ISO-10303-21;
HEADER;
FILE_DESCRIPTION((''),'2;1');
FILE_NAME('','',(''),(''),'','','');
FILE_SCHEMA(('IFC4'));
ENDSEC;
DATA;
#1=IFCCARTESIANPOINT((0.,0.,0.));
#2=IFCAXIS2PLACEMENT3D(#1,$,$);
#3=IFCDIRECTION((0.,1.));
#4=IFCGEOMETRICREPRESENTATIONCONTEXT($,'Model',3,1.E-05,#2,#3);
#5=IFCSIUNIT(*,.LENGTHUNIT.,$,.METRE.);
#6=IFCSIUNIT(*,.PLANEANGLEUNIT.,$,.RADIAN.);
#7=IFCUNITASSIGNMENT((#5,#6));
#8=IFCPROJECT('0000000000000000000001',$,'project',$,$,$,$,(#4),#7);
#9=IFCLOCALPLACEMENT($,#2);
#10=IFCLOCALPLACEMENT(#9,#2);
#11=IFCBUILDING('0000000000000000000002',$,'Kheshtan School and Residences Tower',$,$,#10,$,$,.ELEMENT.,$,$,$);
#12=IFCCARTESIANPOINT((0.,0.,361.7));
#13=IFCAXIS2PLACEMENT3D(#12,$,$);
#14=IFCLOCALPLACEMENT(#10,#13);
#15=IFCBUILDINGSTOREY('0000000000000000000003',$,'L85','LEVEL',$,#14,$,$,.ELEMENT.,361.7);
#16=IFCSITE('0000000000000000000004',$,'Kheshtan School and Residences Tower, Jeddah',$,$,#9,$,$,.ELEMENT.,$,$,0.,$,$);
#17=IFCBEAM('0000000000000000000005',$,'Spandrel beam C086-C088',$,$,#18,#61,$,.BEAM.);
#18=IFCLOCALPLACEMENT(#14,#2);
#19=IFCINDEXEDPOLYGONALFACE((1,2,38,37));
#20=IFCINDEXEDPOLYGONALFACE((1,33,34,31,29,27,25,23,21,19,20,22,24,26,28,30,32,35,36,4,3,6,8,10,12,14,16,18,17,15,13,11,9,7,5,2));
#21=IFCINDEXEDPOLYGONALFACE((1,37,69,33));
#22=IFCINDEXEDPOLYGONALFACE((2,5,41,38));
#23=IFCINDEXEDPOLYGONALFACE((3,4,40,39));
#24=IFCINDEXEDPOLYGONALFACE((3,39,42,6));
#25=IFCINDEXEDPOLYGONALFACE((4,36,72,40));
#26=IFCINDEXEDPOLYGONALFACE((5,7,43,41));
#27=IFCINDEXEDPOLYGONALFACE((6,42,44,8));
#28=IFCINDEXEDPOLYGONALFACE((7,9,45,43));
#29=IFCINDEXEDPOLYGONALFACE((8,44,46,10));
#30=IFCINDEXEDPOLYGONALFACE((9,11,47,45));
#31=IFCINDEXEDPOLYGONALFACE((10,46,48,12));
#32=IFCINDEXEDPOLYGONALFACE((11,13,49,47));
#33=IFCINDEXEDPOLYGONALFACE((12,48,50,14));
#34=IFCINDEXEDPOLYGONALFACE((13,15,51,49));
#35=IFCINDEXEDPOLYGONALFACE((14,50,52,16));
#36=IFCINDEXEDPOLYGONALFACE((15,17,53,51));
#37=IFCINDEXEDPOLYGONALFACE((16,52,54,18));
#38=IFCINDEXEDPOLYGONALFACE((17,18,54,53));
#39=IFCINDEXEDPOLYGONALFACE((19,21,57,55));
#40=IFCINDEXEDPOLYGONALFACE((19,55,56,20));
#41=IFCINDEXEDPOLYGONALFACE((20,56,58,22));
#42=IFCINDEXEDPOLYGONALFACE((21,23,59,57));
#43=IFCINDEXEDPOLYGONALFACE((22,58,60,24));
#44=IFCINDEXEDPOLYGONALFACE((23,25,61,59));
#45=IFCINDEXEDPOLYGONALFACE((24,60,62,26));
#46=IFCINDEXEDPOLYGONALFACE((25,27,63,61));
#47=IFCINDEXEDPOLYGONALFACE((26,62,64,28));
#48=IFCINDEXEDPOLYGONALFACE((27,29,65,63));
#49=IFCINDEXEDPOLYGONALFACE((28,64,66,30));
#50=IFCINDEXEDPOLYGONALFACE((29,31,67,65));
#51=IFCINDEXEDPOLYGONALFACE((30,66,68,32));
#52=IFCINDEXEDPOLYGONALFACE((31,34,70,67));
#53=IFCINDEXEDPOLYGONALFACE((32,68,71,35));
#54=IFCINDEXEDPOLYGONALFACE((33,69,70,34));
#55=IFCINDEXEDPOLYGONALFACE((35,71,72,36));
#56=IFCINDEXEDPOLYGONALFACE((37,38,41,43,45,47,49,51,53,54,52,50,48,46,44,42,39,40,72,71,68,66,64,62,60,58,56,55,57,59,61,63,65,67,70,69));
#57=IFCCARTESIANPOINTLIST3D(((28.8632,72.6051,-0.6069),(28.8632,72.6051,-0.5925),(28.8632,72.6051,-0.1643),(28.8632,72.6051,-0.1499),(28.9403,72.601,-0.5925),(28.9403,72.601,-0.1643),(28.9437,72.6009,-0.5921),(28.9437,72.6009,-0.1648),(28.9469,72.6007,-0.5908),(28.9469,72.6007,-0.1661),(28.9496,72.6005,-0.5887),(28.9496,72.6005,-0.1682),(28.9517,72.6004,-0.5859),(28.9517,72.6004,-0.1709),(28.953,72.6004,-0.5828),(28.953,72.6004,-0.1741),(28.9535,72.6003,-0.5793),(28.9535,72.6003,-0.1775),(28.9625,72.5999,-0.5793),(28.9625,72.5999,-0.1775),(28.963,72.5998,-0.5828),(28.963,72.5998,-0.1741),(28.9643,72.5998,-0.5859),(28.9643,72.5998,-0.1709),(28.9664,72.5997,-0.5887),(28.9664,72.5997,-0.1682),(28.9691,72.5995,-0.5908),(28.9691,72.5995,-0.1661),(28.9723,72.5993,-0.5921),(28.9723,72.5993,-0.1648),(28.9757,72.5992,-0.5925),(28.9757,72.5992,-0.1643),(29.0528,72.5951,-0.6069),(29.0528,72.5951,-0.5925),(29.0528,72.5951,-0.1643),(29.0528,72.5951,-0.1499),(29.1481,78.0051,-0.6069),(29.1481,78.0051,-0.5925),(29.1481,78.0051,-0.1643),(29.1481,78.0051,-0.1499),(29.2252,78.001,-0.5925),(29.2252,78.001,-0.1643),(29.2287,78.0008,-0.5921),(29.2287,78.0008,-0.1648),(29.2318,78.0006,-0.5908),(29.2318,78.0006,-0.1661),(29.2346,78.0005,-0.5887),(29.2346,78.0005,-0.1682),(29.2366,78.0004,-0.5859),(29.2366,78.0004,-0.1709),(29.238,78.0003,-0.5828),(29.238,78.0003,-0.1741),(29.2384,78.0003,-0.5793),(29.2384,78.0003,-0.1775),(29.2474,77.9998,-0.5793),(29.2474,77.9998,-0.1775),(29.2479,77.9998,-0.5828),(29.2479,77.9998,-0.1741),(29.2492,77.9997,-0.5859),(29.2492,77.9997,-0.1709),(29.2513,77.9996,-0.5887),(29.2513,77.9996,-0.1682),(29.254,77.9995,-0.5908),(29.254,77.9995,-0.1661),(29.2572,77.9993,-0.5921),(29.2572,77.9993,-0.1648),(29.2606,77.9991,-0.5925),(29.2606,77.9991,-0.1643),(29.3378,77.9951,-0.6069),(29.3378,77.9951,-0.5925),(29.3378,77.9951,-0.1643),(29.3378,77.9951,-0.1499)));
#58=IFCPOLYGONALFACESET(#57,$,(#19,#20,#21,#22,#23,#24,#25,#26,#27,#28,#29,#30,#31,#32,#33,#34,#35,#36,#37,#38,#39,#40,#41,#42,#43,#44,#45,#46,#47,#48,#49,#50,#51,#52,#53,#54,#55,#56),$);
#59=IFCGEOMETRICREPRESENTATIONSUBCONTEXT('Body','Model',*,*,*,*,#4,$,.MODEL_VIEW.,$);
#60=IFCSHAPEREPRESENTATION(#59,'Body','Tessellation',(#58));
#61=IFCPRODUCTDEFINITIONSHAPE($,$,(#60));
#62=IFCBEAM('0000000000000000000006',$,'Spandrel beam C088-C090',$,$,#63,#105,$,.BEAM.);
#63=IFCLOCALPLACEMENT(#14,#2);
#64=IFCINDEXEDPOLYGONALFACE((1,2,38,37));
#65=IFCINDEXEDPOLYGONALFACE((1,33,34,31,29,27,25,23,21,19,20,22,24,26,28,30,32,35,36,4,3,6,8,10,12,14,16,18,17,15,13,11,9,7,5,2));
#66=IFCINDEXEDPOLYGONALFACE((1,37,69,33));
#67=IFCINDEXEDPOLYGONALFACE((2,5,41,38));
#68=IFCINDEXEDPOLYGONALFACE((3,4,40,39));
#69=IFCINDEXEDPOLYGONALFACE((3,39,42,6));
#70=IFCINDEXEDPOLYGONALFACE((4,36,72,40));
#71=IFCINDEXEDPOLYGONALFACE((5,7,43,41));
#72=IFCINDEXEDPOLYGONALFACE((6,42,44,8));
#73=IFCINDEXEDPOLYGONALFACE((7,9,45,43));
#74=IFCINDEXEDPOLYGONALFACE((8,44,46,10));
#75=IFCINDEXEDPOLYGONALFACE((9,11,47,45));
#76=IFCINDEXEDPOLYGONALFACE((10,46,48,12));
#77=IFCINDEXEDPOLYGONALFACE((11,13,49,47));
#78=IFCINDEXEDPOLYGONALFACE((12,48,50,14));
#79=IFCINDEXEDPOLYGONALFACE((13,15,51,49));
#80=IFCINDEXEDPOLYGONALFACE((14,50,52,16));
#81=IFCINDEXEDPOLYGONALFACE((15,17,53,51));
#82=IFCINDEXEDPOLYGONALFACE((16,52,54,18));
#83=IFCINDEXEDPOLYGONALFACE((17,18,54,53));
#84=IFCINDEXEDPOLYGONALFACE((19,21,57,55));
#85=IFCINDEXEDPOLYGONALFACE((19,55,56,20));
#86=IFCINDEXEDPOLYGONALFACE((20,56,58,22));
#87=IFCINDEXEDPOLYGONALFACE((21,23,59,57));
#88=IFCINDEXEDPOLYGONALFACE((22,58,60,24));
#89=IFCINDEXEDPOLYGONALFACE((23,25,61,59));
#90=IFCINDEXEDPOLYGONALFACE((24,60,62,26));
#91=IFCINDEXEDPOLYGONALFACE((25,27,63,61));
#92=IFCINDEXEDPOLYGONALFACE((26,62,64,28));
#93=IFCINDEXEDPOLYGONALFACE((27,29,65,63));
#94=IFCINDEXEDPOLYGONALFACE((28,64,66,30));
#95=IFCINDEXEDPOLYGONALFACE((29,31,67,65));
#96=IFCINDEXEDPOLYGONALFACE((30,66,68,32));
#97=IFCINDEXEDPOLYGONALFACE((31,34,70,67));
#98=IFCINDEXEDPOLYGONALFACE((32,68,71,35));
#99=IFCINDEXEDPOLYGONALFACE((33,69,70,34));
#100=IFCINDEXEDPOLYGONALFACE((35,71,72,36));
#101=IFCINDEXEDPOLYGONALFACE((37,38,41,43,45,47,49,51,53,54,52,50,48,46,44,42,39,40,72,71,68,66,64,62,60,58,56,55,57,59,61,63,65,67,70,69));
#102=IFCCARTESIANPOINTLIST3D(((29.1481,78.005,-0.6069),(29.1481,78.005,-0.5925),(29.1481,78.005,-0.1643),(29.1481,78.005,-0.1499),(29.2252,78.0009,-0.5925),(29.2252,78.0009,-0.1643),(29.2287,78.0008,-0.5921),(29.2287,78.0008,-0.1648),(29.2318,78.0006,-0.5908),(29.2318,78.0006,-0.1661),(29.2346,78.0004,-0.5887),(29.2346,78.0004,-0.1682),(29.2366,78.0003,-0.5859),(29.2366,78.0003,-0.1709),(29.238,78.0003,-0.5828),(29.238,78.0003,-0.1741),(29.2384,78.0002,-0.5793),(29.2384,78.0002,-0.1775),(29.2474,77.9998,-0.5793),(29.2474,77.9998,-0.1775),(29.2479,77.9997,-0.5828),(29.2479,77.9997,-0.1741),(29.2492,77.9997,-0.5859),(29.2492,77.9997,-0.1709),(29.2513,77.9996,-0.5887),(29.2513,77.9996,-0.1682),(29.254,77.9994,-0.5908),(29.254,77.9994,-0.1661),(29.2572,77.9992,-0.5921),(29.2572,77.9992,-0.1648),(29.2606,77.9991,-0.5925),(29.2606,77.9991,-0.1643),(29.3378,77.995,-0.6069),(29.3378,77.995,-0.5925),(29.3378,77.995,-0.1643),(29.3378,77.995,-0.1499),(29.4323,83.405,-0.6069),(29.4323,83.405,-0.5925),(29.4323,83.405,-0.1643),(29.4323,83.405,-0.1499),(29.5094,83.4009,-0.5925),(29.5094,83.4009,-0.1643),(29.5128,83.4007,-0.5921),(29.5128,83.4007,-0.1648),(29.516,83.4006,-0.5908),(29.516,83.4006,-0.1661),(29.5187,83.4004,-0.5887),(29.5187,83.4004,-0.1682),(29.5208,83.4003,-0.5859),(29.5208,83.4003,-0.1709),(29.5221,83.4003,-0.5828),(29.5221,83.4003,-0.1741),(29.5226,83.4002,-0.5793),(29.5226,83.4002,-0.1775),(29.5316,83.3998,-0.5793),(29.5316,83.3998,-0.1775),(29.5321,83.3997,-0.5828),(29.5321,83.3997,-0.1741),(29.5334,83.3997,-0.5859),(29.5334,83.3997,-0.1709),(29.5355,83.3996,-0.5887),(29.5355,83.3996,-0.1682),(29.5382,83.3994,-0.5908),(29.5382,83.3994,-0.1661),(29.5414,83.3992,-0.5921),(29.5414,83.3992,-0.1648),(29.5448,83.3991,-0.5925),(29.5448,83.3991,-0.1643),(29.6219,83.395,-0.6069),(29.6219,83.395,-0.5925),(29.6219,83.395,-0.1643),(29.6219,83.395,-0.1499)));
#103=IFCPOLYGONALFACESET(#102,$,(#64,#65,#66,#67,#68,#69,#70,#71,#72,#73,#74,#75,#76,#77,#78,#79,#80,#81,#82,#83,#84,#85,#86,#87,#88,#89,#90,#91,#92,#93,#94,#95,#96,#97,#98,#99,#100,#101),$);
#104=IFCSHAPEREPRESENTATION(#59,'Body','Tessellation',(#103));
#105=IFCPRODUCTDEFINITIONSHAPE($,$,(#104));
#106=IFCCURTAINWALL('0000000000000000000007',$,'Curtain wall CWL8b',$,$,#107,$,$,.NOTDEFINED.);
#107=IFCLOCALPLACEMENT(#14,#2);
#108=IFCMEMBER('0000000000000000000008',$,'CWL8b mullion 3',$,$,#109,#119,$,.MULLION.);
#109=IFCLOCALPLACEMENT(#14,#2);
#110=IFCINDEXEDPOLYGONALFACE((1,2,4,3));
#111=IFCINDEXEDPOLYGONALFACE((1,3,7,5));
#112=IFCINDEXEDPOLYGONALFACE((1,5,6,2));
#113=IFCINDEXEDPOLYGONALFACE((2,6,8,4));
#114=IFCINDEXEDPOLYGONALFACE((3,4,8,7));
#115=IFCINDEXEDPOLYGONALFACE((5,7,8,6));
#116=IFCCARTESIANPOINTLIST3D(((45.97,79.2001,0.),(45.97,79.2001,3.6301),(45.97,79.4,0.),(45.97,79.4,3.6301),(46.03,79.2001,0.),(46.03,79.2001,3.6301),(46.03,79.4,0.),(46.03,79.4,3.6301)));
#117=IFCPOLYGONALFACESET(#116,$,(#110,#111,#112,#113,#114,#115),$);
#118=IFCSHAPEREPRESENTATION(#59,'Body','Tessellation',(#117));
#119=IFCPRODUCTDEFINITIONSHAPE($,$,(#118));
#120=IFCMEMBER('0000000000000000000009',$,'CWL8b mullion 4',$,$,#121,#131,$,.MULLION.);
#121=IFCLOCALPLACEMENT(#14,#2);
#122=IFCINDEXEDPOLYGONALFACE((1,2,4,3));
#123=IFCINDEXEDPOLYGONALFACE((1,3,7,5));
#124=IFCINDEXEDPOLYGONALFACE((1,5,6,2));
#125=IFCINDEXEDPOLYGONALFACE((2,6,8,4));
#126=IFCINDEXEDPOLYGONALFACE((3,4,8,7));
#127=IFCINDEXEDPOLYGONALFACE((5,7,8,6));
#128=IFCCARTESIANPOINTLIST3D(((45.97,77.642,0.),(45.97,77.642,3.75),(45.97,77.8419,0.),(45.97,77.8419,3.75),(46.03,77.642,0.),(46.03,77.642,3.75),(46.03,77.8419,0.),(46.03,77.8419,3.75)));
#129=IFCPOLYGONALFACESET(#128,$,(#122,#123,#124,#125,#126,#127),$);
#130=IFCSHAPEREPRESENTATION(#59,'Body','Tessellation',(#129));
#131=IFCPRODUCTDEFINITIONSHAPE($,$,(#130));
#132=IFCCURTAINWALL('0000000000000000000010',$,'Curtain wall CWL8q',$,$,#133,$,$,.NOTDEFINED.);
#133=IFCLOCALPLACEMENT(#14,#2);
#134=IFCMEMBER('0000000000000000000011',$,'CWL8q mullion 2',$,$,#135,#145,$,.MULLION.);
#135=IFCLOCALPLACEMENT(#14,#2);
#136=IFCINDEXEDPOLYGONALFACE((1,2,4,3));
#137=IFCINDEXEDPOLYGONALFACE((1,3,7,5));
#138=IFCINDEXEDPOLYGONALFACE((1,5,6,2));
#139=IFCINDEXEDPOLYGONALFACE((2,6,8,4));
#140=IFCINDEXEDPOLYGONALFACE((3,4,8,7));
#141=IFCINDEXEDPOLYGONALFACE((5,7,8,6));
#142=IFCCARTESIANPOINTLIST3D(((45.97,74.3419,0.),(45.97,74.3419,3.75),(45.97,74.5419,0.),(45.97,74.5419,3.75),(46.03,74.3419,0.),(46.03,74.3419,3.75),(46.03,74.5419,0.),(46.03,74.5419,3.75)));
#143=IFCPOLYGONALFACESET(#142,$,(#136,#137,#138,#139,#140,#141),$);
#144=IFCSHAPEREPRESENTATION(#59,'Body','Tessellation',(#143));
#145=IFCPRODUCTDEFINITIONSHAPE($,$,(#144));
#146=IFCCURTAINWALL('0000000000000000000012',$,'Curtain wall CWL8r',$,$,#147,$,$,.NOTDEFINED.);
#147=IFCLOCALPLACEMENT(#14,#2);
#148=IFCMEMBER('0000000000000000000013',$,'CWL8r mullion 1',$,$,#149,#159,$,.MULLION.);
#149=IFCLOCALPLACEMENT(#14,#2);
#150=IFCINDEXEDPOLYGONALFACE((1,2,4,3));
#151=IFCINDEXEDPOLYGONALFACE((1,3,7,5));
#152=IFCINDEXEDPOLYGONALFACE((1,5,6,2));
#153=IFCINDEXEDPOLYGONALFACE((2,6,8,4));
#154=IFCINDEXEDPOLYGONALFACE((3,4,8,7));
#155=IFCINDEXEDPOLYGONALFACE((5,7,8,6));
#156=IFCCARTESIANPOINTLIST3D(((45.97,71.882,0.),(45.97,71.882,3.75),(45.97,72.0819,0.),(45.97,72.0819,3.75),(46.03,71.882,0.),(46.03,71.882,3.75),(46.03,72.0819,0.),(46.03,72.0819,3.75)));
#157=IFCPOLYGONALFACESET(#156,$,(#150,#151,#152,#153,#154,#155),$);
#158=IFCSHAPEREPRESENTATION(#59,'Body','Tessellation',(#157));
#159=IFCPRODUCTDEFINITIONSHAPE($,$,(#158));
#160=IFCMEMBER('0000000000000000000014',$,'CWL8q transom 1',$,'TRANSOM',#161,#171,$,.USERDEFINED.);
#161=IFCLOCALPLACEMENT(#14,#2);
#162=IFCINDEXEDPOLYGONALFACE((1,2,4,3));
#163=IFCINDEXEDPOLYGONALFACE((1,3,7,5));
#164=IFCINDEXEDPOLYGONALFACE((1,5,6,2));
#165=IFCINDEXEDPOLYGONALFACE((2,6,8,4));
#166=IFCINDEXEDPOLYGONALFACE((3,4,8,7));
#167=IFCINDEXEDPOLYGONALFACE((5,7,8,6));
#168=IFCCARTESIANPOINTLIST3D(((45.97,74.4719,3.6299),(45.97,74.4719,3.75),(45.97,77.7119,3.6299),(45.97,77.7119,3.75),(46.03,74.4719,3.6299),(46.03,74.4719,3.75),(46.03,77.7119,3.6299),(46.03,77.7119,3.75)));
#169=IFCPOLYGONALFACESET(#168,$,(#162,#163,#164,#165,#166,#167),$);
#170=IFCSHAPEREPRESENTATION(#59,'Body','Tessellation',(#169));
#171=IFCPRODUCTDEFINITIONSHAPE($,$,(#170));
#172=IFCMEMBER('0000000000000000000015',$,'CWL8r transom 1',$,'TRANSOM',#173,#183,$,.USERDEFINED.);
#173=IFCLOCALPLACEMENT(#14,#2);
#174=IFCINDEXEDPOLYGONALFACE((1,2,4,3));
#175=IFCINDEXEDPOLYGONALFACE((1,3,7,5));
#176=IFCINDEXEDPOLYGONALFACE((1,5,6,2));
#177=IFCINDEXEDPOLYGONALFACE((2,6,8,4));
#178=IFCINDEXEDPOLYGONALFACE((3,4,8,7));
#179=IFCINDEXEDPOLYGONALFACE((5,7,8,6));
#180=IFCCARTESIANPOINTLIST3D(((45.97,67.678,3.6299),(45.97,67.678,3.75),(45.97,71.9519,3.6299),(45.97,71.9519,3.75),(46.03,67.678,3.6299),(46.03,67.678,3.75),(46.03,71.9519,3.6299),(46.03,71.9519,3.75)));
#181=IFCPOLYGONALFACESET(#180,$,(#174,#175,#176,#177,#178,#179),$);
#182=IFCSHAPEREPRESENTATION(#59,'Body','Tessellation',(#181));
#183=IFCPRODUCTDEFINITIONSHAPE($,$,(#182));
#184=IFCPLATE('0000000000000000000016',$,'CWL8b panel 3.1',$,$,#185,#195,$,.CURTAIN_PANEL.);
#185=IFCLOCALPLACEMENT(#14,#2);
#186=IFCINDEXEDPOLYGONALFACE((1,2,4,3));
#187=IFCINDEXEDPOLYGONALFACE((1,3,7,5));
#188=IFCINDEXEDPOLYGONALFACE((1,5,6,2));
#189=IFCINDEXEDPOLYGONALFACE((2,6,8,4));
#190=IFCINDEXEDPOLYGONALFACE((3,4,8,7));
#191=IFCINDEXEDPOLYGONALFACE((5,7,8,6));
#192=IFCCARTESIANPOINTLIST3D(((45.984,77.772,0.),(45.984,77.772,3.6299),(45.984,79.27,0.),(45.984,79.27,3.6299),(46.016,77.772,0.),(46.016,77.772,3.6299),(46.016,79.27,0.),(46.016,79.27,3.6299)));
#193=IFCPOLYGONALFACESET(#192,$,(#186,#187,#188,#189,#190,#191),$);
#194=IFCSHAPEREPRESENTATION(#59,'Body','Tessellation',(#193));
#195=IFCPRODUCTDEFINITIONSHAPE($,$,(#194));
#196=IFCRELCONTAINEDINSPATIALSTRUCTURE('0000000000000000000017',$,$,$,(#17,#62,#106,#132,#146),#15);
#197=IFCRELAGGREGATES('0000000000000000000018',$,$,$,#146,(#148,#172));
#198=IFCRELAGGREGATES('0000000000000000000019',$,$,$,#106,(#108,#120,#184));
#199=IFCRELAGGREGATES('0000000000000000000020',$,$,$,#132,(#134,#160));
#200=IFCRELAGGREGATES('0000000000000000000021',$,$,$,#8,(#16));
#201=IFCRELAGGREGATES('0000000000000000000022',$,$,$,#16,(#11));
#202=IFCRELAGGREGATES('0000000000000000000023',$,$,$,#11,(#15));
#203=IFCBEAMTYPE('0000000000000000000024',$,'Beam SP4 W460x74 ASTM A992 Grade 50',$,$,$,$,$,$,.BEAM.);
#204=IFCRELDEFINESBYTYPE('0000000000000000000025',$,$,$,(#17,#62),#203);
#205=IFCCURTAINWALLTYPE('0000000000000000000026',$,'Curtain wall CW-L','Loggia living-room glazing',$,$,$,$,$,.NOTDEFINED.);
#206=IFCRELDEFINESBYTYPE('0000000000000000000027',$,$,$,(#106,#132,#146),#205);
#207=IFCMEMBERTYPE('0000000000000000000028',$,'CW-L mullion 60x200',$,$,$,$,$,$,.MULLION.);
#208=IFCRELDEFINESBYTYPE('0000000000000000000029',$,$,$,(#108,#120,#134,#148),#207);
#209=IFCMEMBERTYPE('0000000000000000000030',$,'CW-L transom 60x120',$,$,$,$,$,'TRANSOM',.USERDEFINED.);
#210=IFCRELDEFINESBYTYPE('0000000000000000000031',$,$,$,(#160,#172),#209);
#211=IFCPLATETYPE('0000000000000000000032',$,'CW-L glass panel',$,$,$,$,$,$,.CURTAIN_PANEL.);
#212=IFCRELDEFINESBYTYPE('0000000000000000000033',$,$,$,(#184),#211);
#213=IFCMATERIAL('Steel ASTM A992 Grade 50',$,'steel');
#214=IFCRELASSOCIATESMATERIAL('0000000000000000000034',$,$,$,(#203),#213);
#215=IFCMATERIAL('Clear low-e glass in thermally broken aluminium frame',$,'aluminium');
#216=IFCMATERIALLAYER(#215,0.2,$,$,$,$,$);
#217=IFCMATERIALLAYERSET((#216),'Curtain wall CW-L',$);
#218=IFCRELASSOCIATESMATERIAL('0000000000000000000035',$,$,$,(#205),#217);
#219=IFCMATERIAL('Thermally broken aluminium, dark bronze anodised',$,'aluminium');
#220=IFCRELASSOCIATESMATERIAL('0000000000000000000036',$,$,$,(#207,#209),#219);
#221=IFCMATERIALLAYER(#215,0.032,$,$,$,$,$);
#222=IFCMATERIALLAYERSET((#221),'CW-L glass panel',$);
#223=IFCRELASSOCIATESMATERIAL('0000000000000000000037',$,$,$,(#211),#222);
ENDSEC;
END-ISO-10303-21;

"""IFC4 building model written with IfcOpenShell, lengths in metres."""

from ifc_helpers import new_model, si_unit, direction, frame, origin, origin_2d, place, context, subcontext, project, spatial, rectangle, i_section, extrude, material, layer, layer_set, material_profile, profile_set, type_object, element, aggregate, save


model = new_model("IFC4")

# Units and contexts
model_context = context("Model", 3, precision=1e-05, world=origin(), true_north=direction((0.0, 1.0)))
body_context = subcontext(model_context, "Body", "Model", "MODEL_VIEW")
ifc_project = project(units=[si_unit("LENGTHUNIT", "METRE"), si_unit("PLANEANGLEUNIT", "RADIAN")], contexts=[model_context])

# Site, building, storey
site_placement = place(None, origin())
site = spatial("IfcSite", under=ifc_project, at=site_placement, Name="Kheshtan School and Residences Tower, Jeddah", CompositionType="ELEMENT", RefElevation=0.0)
building_placement = place(site_placement, origin())
building = spatial("IfcBuilding", under=site, at=building_placement, Name="Kheshtan School and Residences Tower", CompositionType="ELEMENT")
storey_placement = place(building_placement, frame((0.0, 0.0, 361.7)))
storey = spatial("IfcBuildingStorey", under=building, at=storey_placement, Name="L85", Description="LEVEL", CompositionType="ELEMENT", Elevation=361.7)

# Shared definitions
ifc_material_1 = material(Name="Steel ASTM A992 Grade 50", Category="steel")

# Beams
ifc_material_profile_1 = material_profile(ifc_material_1, i_section(OverallWidth=0.1899, OverallDepth=0.457, WebThickness=0.009, FlangeThickness=0.0144, FilletRadius=0.0132, at=origin_2d()), Name="W460x74")
ifc_profile_set_1 = profile_set([ifc_material_profile_1], Name="Steel ASTM A992 Grade 50")
beam_type_1 = type_object("IfcBeamType", Name="Beam SP4 W460x74 ASTM A992 Grade 50", PredefinedType="BEAM", material=ifc_profile_set_1)
for number, where, z_axis, x_axis, name in (
    (1, (28.958, 72.6001, -0.3784), (0.052689, 0.998611, 0.0), (-0.998611, 0.052689, 0.0), "Spandrel beam C086-C088"),
    (2, (29.2429, 78.0, -0.3784), (0.052554, 0.998618, 0.0), (-0.998618, 0.052554, 0.0), "Spandrel beam C088-C090"),
):
    element("IfcBeam", number, at=place(storey_placement, frame(where, z_axis=z_axis, x_axis=x_axis)), inside=storey, type_object=beam_type_1, Name=name, PredefinedType="BEAM", context=body_context, shape_type="SweptSolid", body=[
        extrude(i_section(OverallWidth=0.1899, OverallDepth=0.457, WebThickness=0.009, FlangeThickness=0.0144, FilletRadius=0.0132, at=origin_2d()), origin(), (0.0, 0.0, 1.0), 5.4075),
    ])

# Curtain wall, members
ifc_material_2 = material(Name="Clear low-e glass in thermally broken aluminium frame", Category="aluminium")
ifc_layer_1 = layer(ifc_material_2, 0.2)
ifc_layer_set_1 = layer_set([ifc_layer_1], Name="Curtain wall CW-L")
curtain_wall_type = type_object("IfcCurtainWallType", Name="Curtain wall CW-L", Description="Loggia living-room glazing", PredefinedType="NOTDEFINED", material=ifc_layer_set_1)
curtain_wall_1_placement = place(storey_placement, origin())
curtain_wall_1 = element("IfcCurtainWall", 3, at=curtain_wall_1_placement, inside=storey, type_object=curtain_wall_type, Name="Curtain wall CWL8b", PredefinedType="NOTDEFINED")
ifc_material_3 = material(Name="Thermally broken aluminium, dark bronze anodised", Category="aluminium")
ifc_material_profile_2 = material_profile(ifc_material_3, rectangle(XDim=0.0601, YDim=0.2, at=origin_2d()), Name="CW-L mullion 60x200")
ifc_profile_set_2 = profile_set([ifc_material_profile_2], Name="Thermally broken aluminium, dark bronze anodised")
member_type_1 = type_object("IfcMemberType", Name="CW-L mullion 60x200", PredefinedType="MULLION", material=ifc_profile_set_2)
member_1_placement = place(storey_placement, frame((46.0, 79.3, 0.0), z_axis=(0.0, 0.0, 1.0), x_axis=(1.0, 0.0, 0.0)))
member_1 = element("IfcMember", 4, at=member_1_placement, type_object=member_type_1, Name="CWL8b mullion 3", PredefinedType="MULLION", context=body_context, shape_type="SweptSolid", body=[
    extrude(rectangle(XDim=0.0601, YDim=0.2, at=origin_2d()), origin(), (0.0, 0.0, 1.0), 3.6301),
])
member_2_placement = place(storey_placement, frame((46.0, 77.7419, 0.0), z_axis=(0.0, 0.0, 1.0), x_axis=(1.0, 0.0, 0.0)))
member_2 = element("IfcMember", 5, at=member_2_placement, type_object=member_type_1, Name="CWL8b mullion 4", PredefinedType="MULLION", context=body_context, shape_type="SweptSolid", body=[
    extrude(rectangle(XDim=0.0601, YDim=0.2, at=origin_2d()), origin(), (0.0, 0.0, 1.0), 3.75),
])

# Curtain walls, members
curtain_wall_2_placement = place(storey_placement, origin())
curtain_wall_2 = element("IfcCurtainWall", 6, at=curtain_wall_2_placement, inside=storey, type_object=curtain_wall_type, Name="Curtain wall CWL8q", PredefinedType="NOTDEFINED")
member_3_placement = place(storey_placement, frame((46.0, 74.4419, 0.0), z_axis=(0.0, 0.0, 1.0), x_axis=(1.0, 0.0, 0.0)))
member_3 = element("IfcMember", 7, at=member_3_placement, type_object=member_type_1, Name="CWL8q mullion 2", PredefinedType="MULLION", context=body_context, shape_type="SweptSolid", body=[
    extrude(rectangle(XDim=0.0601, YDim=0.2, at=origin_2d()), origin(), (0.0, 0.0, 1.0), 3.75),
])
curtain_wall_3_placement = place(storey_placement, origin())
curtain_wall_3 = element("IfcCurtainWall", 8, at=curtain_wall_3_placement, inside=storey, type_object=curtain_wall_type, Name="Curtain wall CWL8r", PredefinedType="NOTDEFINED")
member_4_placement = place(storey_placement, frame((46.0, 71.9819, 0.0), z_axis=(0.0, 0.0, 1.0), x_axis=(1.0, 0.0, 0.0)))
member_4 = element("IfcMember", 9, at=member_4_placement, type_object=member_type_1, Name="CWL8r mullion 1", PredefinedType="MULLION", context=body_context, shape_type="SweptSolid", body=[
    extrude(rectangle(XDim=0.0601, YDim=0.2, at=origin_2d()), origin(), (0.0, 0.0, 1.0), 3.75),
])

# Members
ifc_material_profile_3 = material_profile(ifc_material_3, rectangle(XDim=0.0601, YDim=0.1201, at=origin_2d()), Name="CW-L transom 60x120")
ifc_profile_set_3 = profile_set([ifc_material_profile_3], Name="Thermally broken aluminium, dark bronze anodised")
member_type_2 = type_object("IfcMemberType", Name="CW-L transom 60x120", ElementType="TRANSOM", PredefinedType="USERDEFINED", material=ifc_profile_set_3)
member_5_placement = place(storey_placement, frame((46.0, 77.7119, 3.6899), z_axis=(0.0, -1.0, 0.0), x_axis=(1.0, 0.0, 0.0)))
member_5 = element("IfcMember", 10, at=member_5_placement, type_object=member_type_2, Name="CWL8q transom 1", ObjectType="TRANSOM", PredefinedType="USERDEFINED", context=body_context, shape_type="SweptSolid", body=[
    extrude(rectangle(XDim=0.0601, YDim=0.1201, at=origin_2d()), origin(), (0.0, 0.0, 1.0), 3.24),
])
member_6_placement = place(storey_placement, frame((46.0, 71.9519, 3.6899), z_axis=(0.0, -1.0, 0.0), x_axis=(1.0, 0.0, 0.0)))
member_6 = element("IfcMember", 11, at=member_6_placement, type_object=member_type_2, Name="CWL8r transom 1", ObjectType="TRANSOM", PredefinedType="USERDEFINED", context=body_context, shape_type="SweptSolid", body=[
    extrude(rectangle(XDim=0.0601, YDim=0.1201, at=origin_2d()), origin(), (0.0, 0.0, 1.0), 4.2739),
])
aggregate(curtain_wall_3, [member_4, member_6])

# Plate
ifc_layer_2 = layer(ifc_material_2, 0.032)
ifc_layer_set_2 = layer_set([ifc_layer_2], Name="CW-L glass panel")
plate_type = type_object("IfcPlateType", Name="CW-L glass panel", PredefinedType="CURTAIN_PANEL", material=ifc_layer_set_2)
plate_1_placement = place(storey_placement, frame((46.0, 78.521, 0.0), z_axis=(0.0, 0.0, 1.0), x_axis=(0.0, -1.0, 0.0)))
plate_1 = element("IfcPlate", 12, at=plate_1_placement, type_object=plate_type, Name="CWL8b panel 3.1", PredefinedType="CURTAIN_PANEL", context=body_context, shape_type="SweptSolid", body=[
    extrude(rectangle(XDim=1.498, YDim=0.032, at=origin_2d()), origin(), (0.0, 0.0, 1.0), 3.6299),
])
aggregate(curtain_wall_1, [member_1, member_2, plate_1])
aggregate(curtain_wall_2, [member_3, member_5])

save(model, "model.ifc")
